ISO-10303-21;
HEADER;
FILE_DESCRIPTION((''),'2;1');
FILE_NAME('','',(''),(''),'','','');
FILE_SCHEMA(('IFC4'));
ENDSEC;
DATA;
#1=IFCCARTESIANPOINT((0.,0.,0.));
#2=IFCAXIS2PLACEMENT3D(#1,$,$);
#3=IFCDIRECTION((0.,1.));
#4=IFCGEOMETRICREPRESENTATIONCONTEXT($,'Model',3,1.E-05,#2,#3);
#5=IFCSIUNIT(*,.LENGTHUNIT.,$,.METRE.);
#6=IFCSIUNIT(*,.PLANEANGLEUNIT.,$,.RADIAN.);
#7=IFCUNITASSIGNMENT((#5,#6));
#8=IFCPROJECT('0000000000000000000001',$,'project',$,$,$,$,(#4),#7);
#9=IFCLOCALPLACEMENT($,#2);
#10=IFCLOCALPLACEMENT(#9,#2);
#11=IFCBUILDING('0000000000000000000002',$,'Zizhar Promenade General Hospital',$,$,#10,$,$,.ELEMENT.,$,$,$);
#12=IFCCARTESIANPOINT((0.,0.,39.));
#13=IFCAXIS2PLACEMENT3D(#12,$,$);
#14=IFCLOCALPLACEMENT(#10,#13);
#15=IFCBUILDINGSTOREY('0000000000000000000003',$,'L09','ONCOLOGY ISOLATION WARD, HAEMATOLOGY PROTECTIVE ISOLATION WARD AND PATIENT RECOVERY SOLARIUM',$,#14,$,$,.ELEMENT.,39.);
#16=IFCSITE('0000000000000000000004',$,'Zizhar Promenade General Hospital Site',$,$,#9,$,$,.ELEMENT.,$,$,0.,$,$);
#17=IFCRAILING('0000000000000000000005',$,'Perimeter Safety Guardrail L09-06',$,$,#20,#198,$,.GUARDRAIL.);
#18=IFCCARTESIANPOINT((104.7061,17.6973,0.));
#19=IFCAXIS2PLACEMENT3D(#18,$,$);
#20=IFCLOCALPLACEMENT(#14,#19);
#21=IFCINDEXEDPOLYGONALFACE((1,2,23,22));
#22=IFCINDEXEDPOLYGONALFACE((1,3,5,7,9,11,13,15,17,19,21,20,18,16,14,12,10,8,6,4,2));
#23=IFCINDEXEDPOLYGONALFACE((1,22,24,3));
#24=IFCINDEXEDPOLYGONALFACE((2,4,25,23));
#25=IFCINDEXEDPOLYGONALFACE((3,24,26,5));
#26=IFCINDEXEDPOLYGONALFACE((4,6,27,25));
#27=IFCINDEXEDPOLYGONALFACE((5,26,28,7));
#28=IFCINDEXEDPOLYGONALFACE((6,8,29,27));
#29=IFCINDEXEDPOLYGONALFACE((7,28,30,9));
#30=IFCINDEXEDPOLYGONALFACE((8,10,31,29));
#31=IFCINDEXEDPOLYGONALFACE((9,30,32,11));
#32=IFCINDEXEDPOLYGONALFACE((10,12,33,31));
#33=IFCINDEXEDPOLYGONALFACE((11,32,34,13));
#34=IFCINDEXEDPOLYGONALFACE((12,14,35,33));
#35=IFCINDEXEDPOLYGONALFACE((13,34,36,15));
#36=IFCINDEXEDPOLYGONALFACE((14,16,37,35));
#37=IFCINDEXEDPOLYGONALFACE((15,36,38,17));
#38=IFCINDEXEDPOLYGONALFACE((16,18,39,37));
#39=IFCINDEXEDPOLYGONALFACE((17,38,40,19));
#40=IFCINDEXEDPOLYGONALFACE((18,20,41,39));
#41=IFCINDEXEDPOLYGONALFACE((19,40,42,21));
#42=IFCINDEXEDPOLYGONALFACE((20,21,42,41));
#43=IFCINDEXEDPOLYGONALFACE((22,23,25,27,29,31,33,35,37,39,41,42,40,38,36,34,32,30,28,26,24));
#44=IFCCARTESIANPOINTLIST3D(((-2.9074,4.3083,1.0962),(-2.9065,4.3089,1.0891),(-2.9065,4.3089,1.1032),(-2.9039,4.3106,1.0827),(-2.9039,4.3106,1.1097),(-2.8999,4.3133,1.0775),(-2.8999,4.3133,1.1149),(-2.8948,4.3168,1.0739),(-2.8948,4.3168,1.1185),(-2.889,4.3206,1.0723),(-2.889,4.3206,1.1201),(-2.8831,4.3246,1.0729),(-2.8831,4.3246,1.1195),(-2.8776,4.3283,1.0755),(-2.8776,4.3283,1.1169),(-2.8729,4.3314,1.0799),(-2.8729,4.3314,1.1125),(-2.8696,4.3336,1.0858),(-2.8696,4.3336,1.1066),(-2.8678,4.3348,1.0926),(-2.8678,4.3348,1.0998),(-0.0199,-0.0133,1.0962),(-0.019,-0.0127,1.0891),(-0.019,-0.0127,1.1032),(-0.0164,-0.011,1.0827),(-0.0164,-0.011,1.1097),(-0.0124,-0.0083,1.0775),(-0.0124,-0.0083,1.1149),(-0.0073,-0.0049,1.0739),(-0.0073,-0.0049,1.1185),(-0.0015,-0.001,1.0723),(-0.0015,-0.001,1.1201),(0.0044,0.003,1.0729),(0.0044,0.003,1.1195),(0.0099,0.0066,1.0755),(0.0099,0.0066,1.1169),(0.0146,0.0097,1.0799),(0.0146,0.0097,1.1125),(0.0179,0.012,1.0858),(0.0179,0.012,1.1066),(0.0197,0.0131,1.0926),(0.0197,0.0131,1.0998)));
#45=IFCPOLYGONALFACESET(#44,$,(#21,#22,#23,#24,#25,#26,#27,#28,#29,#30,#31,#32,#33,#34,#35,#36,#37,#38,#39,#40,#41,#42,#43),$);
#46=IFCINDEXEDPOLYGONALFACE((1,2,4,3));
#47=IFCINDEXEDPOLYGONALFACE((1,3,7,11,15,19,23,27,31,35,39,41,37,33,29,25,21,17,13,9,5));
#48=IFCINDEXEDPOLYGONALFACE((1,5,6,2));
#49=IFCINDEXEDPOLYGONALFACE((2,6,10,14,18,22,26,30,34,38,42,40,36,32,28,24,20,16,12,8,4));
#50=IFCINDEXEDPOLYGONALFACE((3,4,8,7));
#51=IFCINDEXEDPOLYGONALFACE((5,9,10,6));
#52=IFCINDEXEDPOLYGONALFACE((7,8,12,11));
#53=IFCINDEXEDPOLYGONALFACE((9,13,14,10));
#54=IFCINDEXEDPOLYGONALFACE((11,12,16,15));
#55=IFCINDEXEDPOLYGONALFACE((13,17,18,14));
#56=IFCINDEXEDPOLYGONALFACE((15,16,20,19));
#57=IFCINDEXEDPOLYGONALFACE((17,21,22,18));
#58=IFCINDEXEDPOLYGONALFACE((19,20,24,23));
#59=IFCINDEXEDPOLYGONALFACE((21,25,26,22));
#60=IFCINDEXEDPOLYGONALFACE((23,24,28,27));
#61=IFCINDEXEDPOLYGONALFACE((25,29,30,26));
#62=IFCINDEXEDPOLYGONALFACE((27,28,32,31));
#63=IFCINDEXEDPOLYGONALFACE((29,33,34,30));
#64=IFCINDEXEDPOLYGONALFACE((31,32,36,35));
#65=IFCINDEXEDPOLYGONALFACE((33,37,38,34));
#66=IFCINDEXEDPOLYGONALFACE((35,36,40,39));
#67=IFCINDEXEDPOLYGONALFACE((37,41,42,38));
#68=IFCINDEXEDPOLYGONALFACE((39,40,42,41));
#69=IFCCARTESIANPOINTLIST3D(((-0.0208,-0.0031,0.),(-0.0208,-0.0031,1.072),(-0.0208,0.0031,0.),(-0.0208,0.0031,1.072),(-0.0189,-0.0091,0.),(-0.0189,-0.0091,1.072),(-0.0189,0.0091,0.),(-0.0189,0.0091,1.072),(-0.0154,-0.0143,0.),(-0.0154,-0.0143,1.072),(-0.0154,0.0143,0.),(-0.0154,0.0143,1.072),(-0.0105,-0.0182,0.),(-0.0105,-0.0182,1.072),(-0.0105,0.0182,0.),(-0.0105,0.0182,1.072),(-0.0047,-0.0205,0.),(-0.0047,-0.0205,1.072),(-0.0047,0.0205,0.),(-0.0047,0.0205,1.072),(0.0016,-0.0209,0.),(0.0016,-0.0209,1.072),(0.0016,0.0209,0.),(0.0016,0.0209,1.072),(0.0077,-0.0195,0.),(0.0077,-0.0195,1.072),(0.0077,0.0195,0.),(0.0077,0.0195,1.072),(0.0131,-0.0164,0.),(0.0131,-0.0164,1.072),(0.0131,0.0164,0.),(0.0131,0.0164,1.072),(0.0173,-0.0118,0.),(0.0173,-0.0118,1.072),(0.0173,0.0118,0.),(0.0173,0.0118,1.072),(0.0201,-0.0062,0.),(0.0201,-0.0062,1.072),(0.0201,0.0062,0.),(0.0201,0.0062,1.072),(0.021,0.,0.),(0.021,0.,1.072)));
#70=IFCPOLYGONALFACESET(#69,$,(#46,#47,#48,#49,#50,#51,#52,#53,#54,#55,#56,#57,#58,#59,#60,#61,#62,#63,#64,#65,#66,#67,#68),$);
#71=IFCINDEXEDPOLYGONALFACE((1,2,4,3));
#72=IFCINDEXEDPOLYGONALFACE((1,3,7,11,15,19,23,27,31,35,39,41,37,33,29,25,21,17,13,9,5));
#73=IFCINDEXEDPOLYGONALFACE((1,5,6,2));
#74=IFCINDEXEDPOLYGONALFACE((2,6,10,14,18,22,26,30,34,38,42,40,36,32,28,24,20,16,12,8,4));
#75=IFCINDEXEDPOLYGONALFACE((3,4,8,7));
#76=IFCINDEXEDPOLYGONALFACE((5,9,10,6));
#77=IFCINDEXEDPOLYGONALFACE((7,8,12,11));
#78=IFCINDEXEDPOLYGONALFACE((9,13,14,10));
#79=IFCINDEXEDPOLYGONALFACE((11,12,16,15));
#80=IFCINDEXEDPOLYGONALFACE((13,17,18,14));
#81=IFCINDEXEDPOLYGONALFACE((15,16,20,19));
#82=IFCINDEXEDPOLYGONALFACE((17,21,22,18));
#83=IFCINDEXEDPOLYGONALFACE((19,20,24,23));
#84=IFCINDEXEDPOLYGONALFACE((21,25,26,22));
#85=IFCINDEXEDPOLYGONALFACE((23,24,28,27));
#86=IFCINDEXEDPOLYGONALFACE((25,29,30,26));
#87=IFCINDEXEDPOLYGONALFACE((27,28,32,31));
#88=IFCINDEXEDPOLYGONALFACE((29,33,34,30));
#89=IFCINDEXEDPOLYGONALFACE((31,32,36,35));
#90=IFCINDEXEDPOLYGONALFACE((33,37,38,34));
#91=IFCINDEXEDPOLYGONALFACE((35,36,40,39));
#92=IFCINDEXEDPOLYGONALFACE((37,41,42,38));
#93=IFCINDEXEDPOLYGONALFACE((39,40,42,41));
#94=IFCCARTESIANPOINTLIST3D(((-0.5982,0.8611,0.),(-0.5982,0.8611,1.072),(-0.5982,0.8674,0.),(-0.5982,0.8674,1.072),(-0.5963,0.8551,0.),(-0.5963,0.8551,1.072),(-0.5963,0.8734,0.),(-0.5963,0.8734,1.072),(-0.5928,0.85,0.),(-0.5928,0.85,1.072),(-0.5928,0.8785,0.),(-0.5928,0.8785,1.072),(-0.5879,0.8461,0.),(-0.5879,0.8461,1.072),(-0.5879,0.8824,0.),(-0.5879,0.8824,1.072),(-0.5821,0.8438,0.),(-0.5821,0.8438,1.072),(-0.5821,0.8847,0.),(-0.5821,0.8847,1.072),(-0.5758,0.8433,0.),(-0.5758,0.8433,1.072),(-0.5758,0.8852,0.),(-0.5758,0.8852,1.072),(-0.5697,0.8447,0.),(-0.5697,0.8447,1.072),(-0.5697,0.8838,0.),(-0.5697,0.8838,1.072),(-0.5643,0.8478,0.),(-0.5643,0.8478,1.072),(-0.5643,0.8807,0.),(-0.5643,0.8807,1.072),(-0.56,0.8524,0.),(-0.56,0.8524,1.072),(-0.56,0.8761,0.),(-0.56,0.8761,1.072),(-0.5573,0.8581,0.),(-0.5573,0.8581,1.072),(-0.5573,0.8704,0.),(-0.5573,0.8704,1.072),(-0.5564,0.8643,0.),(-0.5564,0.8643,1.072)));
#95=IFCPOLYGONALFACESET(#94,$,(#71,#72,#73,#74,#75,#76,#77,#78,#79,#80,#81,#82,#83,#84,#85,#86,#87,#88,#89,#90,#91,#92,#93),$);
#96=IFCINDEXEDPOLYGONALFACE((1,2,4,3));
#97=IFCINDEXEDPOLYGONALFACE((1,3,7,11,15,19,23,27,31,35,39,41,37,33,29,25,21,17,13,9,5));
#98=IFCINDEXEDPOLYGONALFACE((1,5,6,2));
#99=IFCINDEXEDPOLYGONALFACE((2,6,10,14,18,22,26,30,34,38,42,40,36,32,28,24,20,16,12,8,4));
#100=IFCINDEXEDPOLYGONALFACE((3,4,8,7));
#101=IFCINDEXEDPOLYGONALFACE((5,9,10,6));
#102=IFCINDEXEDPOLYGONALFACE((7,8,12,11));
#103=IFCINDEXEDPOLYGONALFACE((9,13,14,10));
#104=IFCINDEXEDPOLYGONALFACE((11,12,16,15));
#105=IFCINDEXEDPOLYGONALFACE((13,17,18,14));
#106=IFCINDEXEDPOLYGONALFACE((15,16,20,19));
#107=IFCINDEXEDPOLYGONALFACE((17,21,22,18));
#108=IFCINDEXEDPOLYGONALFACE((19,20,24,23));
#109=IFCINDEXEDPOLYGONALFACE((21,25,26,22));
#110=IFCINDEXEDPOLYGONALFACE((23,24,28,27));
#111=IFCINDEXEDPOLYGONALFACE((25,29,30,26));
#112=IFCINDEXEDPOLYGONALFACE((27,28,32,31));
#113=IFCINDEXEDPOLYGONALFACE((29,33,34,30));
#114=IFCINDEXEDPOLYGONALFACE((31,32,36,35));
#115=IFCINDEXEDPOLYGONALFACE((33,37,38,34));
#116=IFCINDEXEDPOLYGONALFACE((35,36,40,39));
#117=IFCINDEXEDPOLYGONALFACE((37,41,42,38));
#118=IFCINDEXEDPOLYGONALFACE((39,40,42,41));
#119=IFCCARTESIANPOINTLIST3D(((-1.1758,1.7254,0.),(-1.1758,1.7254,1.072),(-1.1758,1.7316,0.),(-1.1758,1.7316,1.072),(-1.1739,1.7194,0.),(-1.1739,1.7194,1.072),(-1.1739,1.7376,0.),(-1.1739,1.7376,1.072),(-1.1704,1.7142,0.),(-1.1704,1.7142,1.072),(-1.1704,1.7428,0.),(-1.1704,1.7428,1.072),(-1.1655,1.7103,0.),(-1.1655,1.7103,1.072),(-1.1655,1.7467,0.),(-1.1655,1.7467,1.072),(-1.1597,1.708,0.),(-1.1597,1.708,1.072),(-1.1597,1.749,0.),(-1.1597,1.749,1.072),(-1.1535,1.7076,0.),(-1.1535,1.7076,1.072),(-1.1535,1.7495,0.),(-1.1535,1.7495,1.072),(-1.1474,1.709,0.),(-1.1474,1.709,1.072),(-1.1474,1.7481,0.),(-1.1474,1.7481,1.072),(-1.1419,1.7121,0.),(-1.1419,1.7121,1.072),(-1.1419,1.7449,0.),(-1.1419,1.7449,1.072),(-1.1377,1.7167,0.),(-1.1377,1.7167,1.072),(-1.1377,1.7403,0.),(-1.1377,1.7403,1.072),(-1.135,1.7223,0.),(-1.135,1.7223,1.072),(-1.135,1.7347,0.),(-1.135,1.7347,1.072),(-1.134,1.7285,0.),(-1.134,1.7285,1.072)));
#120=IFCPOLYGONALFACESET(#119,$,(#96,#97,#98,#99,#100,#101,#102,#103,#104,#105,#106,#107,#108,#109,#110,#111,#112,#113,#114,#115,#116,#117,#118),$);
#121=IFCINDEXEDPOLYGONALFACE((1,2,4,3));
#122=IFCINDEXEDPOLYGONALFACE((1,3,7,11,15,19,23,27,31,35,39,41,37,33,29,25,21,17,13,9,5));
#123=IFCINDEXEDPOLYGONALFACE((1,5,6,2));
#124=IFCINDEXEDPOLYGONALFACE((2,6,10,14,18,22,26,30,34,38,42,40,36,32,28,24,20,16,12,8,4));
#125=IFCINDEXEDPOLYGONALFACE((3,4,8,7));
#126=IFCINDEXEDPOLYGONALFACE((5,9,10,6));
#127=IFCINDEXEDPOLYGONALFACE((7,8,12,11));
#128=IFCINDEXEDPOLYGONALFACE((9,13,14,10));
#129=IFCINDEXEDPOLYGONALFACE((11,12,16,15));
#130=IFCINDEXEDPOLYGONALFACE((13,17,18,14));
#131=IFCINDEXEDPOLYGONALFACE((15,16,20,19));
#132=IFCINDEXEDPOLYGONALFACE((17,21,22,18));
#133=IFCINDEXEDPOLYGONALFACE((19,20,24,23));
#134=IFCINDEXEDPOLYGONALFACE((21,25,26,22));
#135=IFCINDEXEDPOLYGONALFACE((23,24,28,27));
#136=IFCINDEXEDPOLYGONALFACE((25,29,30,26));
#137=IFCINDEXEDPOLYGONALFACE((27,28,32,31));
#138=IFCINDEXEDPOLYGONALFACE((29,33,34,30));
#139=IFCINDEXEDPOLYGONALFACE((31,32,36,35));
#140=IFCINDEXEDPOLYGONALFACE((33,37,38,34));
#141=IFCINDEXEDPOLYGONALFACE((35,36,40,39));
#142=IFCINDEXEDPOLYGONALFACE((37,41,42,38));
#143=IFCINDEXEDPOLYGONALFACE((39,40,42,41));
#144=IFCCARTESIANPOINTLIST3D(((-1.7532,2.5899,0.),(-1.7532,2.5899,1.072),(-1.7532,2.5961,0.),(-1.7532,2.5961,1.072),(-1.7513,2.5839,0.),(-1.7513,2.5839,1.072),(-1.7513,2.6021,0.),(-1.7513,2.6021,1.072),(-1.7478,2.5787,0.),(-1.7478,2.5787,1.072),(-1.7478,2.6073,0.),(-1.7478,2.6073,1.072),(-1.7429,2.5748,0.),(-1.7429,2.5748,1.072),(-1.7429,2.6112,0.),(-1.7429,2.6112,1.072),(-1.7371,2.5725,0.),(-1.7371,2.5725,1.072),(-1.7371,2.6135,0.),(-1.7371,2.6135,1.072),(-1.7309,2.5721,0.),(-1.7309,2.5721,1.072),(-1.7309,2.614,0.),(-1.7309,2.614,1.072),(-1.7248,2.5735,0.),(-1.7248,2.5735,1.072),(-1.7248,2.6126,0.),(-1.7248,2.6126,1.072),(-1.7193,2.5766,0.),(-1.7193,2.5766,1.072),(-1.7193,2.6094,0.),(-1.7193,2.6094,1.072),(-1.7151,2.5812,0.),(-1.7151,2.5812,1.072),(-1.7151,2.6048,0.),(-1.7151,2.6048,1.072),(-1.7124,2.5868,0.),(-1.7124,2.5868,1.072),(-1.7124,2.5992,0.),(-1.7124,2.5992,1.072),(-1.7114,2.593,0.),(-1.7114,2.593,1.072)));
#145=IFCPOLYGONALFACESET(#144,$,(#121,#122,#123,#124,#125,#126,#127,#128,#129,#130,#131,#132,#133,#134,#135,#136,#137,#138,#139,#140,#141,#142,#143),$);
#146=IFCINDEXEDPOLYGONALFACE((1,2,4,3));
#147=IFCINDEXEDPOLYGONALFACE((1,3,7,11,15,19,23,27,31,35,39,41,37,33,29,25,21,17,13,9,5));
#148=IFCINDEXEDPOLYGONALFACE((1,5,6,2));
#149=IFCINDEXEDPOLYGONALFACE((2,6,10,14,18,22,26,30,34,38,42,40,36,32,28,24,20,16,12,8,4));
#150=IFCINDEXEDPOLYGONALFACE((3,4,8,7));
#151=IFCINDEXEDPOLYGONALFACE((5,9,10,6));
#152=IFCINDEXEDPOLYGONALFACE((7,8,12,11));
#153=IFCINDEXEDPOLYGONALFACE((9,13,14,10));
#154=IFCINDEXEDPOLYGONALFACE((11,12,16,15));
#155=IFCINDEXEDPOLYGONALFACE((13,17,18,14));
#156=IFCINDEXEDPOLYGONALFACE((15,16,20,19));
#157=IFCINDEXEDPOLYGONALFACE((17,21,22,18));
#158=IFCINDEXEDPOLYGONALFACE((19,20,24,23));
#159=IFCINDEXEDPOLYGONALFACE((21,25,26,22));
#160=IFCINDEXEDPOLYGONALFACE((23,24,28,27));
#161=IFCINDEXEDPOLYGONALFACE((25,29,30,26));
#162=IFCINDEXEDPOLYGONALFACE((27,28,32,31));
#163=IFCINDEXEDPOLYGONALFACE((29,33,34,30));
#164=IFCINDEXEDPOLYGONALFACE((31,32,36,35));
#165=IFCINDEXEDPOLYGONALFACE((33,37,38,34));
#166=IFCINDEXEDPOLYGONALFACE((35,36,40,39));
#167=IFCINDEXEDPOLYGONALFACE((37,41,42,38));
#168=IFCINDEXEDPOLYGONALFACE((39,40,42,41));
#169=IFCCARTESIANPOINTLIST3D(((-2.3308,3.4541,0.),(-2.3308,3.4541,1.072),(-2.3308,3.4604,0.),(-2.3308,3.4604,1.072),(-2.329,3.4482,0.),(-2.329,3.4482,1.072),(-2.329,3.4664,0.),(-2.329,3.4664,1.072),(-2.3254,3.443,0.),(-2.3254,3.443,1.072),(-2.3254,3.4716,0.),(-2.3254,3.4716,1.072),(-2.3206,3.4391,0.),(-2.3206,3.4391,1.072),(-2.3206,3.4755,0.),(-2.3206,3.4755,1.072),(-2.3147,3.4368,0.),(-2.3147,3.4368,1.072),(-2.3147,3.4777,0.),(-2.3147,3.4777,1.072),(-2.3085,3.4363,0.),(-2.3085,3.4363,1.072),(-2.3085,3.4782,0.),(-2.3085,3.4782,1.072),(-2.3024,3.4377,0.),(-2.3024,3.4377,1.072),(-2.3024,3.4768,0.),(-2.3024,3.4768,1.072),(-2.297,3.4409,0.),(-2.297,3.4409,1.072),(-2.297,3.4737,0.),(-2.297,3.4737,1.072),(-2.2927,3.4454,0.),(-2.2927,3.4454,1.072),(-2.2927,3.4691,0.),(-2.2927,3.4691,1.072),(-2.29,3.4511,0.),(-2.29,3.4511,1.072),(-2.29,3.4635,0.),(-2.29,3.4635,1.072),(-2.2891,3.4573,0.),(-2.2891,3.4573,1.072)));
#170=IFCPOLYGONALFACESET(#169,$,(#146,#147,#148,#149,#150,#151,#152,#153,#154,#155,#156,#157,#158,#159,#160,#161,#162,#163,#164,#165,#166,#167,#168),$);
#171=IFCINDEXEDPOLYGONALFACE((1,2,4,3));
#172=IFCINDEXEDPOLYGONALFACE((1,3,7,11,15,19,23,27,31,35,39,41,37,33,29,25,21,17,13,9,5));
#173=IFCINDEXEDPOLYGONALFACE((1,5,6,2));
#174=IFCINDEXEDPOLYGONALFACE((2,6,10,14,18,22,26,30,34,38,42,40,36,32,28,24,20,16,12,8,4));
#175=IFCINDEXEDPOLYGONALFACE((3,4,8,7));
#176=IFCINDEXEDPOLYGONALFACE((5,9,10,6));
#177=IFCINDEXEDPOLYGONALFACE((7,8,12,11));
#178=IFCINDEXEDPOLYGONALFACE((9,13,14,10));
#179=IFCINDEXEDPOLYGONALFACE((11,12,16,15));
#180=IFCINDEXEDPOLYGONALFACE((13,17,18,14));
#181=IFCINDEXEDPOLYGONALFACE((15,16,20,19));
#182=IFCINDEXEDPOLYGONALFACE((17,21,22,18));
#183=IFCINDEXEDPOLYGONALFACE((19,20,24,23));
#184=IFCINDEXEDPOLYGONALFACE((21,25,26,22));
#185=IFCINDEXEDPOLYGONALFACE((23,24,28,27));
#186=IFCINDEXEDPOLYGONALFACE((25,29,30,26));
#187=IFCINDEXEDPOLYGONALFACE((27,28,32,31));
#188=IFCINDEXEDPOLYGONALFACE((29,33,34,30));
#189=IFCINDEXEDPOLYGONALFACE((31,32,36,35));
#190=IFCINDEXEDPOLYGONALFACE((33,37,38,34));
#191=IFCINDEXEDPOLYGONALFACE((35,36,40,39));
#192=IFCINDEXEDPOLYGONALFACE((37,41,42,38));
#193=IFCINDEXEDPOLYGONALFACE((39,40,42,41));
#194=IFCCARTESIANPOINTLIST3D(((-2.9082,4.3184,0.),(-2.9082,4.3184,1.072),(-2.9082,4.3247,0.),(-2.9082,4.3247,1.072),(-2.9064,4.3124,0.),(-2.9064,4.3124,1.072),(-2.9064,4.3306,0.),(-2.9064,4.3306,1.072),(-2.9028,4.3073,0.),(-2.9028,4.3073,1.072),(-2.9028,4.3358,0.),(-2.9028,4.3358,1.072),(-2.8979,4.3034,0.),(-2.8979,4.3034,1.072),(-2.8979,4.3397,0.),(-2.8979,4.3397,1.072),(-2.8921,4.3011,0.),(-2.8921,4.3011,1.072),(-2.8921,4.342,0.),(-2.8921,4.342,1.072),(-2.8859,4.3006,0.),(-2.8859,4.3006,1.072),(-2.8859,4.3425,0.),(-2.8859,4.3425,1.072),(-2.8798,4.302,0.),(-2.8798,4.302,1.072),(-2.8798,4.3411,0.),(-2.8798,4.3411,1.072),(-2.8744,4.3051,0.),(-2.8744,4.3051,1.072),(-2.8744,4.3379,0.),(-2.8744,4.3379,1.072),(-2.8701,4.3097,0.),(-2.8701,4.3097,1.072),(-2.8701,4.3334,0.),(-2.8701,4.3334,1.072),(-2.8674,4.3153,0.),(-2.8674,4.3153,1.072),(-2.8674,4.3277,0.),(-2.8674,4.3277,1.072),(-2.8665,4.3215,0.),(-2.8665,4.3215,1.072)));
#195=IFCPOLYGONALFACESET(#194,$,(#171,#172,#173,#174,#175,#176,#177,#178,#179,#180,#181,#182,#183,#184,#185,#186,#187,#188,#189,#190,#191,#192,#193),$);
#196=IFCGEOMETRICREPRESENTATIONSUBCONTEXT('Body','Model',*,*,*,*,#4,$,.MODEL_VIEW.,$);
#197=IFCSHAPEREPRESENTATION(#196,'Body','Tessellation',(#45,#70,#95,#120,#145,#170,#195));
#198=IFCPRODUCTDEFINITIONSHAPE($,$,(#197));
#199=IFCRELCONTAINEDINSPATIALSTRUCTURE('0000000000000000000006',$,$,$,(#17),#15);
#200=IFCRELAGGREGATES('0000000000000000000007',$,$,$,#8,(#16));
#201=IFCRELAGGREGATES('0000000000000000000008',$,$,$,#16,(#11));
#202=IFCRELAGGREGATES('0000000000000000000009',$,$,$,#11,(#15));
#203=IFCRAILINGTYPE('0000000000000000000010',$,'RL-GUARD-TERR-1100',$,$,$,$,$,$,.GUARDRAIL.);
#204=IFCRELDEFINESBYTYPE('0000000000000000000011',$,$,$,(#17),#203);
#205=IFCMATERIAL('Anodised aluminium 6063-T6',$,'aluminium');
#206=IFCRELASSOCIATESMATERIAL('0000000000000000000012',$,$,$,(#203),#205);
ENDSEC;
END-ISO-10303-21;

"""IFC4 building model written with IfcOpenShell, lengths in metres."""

from ifc_helpers import new_model, si_unit, direction, frame, origin, origin_2d, place, context, subcontext, project, spatial, circle, hollow_circle, extrude, material, material_profile, profile_set, type_object, element, save


model = new_model("IFC4")

# Units and contexts
model_context = context("Model", 3, precision=1e-05, world=origin(), true_north=direction((0.0, 1.0)))
body_context = subcontext(model_context, "Body", "Model", "MODEL_VIEW")
ifc_project = project(units=[si_unit("LENGTHUNIT", "METRE"), si_unit("PLANEANGLEUNIT", "RADIAN")], contexts=[model_context])

# Site, building, storey
site_placement = place(None, origin())
site = spatial("IfcSite", under=ifc_project, at=site_placement, Name="Zizhar Promenade General Hospital Site", CompositionType="ELEMENT", RefElevation=0.0)
building_placement = place(site_placement, origin())
building = spatial("IfcBuilding", under=site, at=building_placement, Name="Zizhar Promenade General Hospital", CompositionType="ELEMENT")
storey_placement = place(building_placement, frame((0.0, 0.0, 39.0)))
storey = spatial("IfcBuildingStorey", under=building, at=storey_placement, Name="L09", Description="ONCOLOGY ISOLATION WARD, HAEMATOLOGY PROTECTIVE ISOLATION WARD AND PATIENT RECOVERY SOLARIUM", CompositionType="ELEMENT", Elevation=39.0)

# Railing
ifc_material_1 = material(Name="Anodised aluminium 6063-T6", Category="aluminium")
ifc_material_profile_1 = material_profile(ifc_material_1, hollow_circle(Radius=0.0698, WallThickness=0.0063, at=origin_2d()))
ifc_profile_set_1 = profile_set([ifc_material_profile_1], Name="Anodised aluminium 6063-T6")
railing_type = type_object("IfcRailingType", Name="RL-GUARD-TERR-1100", PredefinedType="GUARDRAIL", material=ifc_profile_set_1)
railing_1_placement = place(storey_placement, frame((104.7061, 17.6973, 0.0)))
element("IfcRailing", 1, at=railing_1_placement, inside=storey, type_object=railing_type, Name="Perimeter Safety Guardrail L09-06", PredefinedType="GUARDRAIL", context=body_context, shape_type="SweptSolid", body=[
    extrude(circle(Radius=0.0239, at=origin_2d()), frame((0.0, 0.0, 1.0962), z_axis=(-0.555556, 0.831479, 0.0), x_axis=(-0.831479, -0.555556, 0.0)), (0.0, 0.0, 1.0), 5.1975),
    extrude(circle(Radius=0.021, at=origin_2d()), origin(), (0.0, 0.0, 1.0), 1.072),
    extrude(circle(Radius=0.021, at=origin_2d()), frame((-0.5774, 0.8643, 0.0)), (0.0, 0.0, 1.0), 1.072),
    extrude(circle(Radius=0.021, at=origin_2d()), frame((-1.155, 1.7285, 0.0)), (0.0, 0.0, 1.0), 1.072),
    extrude(circle(Radius=0.021, at=origin_2d()), frame((-1.7324, 2.593, 0.0)), (0.0, 0.0, 1.0), 1.072),
    extrude(circle(Radius=0.021, at=origin_2d()), frame((-2.3101, 3.4573, 0.0)), (0.0, 0.0, 1.0), 1.072),
    extrude(circle(Radius=0.021, at=origin_2d()), frame((-2.8875, 4.3215, 0.0)), (0.0, 0.0, 1.0), 1.072),
])

save(model, "model.ifc")
